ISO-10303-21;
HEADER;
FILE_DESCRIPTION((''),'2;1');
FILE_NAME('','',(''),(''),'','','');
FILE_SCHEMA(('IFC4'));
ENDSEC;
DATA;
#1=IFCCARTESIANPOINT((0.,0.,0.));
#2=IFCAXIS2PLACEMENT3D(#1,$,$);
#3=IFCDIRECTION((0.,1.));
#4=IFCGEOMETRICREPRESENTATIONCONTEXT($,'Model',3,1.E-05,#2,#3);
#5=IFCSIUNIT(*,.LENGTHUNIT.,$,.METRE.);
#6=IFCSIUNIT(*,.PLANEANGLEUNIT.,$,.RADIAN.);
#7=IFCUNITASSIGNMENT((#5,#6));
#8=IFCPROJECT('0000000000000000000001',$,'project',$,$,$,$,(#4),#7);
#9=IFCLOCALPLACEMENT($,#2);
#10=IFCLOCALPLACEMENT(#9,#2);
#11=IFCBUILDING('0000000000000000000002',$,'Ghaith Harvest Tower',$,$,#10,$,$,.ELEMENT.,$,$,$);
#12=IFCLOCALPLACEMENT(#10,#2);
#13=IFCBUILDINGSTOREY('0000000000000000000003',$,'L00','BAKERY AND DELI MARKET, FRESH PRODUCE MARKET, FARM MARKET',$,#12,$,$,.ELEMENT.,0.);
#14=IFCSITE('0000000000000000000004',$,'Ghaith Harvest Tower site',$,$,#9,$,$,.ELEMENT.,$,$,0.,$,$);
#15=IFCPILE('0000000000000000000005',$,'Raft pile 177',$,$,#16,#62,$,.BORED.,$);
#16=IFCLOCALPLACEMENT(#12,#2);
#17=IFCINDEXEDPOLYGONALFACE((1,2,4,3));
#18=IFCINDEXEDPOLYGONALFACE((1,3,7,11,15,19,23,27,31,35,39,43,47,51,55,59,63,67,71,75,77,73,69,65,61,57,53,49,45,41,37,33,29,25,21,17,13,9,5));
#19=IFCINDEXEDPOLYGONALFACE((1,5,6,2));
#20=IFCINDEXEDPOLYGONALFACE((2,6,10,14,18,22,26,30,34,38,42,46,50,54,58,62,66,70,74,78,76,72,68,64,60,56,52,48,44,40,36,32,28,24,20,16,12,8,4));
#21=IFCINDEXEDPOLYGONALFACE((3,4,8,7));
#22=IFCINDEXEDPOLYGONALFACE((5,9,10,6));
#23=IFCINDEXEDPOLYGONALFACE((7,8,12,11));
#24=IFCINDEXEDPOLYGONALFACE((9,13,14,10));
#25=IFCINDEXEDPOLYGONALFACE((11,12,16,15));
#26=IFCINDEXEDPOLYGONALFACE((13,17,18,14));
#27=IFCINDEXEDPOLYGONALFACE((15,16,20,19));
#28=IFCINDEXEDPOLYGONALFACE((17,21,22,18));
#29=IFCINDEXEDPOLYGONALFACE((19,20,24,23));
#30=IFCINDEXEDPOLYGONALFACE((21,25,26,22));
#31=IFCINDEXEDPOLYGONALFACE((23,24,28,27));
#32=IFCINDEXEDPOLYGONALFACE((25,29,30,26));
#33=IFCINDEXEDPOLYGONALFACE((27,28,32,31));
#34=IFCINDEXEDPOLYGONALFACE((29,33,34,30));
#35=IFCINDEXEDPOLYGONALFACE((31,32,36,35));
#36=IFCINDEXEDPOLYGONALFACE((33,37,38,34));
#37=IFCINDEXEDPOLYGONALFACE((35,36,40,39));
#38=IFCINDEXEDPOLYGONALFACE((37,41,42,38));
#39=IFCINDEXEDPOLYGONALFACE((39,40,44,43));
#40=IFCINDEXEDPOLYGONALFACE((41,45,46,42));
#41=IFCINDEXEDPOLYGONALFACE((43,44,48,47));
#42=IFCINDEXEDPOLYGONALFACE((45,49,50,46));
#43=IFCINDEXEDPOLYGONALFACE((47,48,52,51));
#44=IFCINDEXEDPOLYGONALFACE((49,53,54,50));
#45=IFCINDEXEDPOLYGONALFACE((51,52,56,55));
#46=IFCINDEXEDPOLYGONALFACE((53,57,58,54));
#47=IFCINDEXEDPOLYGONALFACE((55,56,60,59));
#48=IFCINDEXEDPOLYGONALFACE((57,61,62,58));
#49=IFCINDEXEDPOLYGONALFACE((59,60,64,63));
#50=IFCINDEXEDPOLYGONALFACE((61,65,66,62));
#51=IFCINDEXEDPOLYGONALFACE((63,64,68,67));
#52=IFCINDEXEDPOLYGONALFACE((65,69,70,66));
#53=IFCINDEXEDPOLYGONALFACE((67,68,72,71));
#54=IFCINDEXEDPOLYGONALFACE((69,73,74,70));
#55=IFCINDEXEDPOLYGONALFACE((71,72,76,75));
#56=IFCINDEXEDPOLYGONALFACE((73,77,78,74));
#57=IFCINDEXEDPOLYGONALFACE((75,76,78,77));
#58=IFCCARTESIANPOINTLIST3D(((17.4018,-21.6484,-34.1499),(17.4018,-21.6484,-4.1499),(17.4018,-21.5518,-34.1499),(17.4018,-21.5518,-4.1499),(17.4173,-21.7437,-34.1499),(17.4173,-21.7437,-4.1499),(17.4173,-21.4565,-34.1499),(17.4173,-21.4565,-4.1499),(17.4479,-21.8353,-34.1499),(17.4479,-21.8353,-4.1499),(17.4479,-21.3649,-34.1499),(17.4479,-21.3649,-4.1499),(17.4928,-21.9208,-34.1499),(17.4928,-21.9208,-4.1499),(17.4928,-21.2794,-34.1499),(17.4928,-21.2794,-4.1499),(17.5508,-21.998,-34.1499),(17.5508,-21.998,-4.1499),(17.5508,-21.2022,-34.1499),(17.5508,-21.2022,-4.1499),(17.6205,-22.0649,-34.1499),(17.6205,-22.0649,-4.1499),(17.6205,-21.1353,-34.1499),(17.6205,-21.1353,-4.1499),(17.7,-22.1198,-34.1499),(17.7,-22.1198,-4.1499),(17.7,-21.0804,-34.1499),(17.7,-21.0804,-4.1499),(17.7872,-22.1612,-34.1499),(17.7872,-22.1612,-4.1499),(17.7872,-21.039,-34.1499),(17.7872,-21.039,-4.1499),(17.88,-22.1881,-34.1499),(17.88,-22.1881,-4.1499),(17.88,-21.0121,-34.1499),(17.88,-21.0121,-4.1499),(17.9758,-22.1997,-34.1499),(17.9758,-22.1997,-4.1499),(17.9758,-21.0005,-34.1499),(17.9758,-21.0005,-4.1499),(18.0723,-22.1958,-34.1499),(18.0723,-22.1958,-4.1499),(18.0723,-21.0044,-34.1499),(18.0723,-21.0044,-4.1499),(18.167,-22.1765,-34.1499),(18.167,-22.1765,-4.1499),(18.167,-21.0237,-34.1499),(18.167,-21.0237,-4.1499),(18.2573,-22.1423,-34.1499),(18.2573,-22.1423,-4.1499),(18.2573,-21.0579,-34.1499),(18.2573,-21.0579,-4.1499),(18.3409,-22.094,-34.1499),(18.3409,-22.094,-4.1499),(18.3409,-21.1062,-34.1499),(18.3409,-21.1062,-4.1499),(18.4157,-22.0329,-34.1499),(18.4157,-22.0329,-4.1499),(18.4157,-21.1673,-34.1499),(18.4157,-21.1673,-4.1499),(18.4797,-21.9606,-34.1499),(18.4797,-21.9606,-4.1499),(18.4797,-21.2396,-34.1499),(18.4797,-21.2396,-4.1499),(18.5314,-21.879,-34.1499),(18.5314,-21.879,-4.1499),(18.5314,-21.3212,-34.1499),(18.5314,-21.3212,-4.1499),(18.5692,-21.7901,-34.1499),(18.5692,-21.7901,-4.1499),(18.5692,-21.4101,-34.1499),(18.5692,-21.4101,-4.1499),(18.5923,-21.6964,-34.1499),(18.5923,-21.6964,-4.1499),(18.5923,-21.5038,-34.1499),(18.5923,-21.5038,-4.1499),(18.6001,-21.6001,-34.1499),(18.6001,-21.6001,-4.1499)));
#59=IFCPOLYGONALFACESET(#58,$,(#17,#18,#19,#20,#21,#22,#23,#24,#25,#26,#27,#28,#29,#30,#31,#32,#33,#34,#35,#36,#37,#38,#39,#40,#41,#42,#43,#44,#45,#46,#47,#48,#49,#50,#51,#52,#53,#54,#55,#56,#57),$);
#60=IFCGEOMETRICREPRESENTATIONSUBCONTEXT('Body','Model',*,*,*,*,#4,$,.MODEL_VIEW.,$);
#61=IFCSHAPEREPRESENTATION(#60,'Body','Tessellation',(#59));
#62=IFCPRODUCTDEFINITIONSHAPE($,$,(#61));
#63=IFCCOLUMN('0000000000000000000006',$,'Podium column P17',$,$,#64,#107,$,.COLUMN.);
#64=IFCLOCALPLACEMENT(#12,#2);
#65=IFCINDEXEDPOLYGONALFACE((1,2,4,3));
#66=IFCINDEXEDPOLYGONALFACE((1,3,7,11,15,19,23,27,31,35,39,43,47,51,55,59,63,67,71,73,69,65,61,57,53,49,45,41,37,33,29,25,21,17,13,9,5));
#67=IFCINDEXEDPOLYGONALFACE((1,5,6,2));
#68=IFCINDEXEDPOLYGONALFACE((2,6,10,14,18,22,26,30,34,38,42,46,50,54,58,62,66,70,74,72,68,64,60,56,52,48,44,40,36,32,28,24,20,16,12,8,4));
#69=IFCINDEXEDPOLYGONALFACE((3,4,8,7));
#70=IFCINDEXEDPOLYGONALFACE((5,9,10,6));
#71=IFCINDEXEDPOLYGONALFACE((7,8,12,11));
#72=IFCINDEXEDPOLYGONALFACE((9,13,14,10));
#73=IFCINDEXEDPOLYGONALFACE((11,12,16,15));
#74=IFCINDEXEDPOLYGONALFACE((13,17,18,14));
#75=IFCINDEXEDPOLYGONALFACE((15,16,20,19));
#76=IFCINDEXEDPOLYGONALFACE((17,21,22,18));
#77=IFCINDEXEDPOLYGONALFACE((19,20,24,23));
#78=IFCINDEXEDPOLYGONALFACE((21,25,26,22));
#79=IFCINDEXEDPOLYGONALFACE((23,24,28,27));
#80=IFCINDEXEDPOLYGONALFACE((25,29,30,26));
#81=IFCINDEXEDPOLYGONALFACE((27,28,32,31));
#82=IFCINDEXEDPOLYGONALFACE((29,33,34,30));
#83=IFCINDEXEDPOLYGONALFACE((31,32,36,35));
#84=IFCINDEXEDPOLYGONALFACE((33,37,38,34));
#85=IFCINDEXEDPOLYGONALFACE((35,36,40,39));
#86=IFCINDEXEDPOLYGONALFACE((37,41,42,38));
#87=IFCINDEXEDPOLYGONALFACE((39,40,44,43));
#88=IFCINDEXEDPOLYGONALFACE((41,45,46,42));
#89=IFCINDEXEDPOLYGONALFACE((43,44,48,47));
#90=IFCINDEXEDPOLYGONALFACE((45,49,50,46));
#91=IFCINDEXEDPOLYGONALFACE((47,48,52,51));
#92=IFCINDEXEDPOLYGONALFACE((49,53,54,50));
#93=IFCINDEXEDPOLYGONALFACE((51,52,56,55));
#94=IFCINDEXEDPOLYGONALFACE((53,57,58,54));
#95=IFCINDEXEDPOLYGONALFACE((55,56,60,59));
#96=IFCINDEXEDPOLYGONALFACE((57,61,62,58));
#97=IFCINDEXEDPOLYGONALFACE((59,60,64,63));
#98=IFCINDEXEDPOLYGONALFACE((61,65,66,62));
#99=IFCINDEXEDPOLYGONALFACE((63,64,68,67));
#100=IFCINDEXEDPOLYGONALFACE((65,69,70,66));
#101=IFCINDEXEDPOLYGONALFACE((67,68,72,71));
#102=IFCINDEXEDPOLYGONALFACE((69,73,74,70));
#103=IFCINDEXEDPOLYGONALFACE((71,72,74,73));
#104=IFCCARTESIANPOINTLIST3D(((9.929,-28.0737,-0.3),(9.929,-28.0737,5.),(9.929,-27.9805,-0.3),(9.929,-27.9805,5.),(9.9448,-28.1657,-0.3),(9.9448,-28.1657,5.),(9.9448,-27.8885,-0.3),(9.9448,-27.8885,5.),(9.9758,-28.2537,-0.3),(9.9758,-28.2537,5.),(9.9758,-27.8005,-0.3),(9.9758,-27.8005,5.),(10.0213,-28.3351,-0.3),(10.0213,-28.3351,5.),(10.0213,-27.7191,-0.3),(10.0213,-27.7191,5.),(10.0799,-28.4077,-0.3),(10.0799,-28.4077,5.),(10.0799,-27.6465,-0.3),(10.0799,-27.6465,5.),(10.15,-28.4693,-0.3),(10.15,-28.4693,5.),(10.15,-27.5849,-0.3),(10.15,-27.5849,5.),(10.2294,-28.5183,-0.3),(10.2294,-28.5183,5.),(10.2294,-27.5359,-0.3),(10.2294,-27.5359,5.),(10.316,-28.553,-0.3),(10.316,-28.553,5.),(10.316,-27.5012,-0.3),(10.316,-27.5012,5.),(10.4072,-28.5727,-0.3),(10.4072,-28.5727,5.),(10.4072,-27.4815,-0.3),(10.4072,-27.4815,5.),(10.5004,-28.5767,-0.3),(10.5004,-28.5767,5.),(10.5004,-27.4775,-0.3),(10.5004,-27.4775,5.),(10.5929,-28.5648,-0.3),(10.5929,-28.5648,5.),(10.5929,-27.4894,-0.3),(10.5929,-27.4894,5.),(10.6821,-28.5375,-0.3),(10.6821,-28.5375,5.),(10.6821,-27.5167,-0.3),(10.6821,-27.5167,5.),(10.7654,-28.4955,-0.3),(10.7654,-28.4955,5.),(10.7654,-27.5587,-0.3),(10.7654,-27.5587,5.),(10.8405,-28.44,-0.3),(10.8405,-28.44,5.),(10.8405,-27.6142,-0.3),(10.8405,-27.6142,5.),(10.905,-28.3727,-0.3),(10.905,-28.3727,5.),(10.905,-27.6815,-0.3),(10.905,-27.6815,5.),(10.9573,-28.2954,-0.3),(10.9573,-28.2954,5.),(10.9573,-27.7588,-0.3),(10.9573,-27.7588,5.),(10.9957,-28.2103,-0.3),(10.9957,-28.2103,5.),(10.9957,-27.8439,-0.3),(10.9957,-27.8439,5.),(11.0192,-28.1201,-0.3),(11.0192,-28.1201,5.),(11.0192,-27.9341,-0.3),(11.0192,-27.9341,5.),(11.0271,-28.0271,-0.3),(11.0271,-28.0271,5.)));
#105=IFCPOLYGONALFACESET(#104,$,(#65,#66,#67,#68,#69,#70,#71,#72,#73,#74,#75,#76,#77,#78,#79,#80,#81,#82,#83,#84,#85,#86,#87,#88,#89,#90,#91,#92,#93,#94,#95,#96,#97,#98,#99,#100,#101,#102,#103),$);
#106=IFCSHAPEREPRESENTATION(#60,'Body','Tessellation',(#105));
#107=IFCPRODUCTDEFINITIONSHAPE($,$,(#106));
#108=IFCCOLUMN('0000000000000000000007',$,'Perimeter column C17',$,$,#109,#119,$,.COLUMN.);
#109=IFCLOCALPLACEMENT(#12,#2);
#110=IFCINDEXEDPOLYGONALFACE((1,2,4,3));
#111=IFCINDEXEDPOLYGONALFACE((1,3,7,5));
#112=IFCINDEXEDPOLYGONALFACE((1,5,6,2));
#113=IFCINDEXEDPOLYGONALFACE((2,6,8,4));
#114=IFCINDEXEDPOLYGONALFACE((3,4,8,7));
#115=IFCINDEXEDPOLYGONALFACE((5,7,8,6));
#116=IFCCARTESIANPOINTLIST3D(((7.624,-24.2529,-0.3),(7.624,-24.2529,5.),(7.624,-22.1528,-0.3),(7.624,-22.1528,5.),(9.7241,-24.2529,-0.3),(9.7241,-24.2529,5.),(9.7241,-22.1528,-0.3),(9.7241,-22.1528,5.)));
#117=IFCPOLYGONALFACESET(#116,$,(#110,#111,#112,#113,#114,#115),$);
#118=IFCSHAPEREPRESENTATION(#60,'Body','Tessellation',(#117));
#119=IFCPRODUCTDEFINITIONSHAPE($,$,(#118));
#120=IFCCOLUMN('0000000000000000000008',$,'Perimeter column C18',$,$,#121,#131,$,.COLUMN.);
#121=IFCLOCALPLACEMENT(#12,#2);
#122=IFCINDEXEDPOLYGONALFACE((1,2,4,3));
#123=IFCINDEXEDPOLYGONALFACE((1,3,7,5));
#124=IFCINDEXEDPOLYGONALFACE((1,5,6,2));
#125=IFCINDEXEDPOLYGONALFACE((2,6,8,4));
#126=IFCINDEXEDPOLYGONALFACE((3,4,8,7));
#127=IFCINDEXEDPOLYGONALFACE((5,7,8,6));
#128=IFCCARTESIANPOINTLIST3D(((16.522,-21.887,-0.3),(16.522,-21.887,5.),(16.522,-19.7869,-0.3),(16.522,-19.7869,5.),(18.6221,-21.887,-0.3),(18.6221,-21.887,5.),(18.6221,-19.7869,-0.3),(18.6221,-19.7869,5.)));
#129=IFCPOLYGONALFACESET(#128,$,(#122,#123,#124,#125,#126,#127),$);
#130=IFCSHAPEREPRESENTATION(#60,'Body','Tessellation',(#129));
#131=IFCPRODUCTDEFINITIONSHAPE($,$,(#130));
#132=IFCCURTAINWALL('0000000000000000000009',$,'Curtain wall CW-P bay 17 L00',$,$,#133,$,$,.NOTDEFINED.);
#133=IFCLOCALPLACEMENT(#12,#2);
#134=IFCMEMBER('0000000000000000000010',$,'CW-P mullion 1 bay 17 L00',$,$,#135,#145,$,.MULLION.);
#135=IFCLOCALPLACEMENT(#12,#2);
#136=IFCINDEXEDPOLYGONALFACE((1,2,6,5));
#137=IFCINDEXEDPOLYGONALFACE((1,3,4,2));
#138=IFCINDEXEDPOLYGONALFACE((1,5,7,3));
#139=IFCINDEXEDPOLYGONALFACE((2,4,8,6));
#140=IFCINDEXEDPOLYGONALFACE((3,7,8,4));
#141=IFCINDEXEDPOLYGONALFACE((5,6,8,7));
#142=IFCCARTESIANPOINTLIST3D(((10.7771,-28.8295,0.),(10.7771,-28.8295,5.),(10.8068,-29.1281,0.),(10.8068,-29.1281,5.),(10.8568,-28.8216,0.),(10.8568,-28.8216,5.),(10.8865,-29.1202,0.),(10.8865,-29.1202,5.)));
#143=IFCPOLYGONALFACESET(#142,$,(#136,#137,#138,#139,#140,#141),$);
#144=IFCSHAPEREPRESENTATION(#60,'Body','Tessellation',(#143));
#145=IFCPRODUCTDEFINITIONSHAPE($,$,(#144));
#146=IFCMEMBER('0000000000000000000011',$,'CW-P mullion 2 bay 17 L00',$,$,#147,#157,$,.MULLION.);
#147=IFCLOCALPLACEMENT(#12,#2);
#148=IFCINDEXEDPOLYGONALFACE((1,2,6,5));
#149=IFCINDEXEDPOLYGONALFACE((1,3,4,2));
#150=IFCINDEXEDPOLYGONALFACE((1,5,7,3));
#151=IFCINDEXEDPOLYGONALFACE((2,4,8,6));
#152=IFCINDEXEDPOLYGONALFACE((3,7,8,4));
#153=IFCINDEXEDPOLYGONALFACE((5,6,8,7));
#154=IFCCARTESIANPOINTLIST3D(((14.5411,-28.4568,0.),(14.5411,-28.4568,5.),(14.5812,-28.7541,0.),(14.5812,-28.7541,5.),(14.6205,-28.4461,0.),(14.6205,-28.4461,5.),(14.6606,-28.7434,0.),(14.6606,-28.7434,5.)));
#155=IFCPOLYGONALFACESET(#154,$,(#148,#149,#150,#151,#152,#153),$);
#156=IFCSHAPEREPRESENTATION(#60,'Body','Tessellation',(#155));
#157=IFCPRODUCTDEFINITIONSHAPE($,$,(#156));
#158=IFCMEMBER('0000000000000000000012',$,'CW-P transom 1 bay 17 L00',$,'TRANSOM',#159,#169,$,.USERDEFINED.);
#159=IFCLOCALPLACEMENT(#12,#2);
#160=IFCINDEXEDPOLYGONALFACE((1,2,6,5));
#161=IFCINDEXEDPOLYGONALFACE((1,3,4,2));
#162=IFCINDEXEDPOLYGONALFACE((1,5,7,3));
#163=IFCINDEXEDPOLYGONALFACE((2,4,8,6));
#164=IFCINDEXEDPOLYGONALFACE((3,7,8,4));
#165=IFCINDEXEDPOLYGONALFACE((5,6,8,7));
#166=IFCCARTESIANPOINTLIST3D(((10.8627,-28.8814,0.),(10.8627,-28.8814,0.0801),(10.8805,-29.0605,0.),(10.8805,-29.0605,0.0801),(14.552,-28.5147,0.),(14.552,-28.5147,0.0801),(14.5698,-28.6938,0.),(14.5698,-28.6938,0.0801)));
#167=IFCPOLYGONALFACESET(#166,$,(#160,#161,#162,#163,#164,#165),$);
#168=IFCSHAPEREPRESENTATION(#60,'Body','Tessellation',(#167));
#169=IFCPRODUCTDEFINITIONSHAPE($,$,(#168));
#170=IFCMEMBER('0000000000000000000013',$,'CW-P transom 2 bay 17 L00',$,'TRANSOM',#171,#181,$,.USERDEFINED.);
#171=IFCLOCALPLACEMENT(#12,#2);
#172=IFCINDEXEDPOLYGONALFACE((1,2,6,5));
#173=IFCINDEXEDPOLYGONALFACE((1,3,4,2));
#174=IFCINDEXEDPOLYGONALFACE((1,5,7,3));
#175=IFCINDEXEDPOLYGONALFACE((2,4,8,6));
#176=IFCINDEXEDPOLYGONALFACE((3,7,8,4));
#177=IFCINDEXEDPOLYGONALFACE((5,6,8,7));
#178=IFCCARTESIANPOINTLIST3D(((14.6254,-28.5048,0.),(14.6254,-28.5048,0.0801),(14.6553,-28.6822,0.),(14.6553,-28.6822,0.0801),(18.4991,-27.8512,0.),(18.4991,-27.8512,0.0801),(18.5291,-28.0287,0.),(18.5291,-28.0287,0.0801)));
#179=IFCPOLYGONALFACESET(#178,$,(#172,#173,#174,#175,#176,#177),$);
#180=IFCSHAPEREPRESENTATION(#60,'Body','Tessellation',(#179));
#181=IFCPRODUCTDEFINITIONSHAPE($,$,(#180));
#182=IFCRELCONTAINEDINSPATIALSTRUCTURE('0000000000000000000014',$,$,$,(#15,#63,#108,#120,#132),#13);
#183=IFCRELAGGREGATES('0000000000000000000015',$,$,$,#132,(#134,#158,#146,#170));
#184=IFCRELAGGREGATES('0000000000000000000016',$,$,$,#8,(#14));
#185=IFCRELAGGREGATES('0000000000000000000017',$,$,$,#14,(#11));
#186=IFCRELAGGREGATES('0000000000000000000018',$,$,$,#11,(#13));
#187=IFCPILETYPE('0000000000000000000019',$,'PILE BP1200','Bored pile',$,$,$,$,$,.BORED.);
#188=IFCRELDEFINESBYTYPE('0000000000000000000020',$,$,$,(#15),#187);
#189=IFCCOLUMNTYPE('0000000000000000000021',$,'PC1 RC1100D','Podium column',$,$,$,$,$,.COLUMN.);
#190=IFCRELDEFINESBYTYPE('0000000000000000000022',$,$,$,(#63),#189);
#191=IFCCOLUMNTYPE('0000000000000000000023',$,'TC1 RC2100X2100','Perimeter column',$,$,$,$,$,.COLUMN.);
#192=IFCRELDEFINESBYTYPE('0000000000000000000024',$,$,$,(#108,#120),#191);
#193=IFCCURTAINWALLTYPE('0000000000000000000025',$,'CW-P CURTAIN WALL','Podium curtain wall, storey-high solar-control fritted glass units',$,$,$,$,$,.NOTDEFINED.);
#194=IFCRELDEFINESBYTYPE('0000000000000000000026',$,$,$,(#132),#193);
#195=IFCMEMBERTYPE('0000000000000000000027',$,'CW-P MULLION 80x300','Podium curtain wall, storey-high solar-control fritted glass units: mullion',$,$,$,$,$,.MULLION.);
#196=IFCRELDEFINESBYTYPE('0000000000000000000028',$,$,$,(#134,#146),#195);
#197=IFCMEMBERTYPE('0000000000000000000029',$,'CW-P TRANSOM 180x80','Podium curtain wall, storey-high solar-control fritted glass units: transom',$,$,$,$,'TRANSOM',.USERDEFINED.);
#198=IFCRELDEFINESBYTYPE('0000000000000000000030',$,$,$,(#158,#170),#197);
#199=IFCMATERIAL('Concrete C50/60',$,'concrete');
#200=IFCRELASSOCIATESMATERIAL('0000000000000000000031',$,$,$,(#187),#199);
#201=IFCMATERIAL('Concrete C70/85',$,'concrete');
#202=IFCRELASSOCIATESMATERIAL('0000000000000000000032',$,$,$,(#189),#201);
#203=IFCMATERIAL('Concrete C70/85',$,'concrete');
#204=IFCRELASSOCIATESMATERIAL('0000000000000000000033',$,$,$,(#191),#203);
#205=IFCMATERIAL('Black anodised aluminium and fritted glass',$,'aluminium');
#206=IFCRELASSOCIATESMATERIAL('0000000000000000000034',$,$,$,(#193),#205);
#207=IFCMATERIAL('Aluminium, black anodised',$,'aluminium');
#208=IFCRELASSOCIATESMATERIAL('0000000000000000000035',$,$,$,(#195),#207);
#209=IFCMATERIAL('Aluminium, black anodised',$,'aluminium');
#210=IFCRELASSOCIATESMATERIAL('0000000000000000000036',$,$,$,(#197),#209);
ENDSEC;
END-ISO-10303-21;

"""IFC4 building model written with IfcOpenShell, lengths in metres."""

from ifc_helpers import new_model, si_unit, direction, frame, origin, origin_2d, place, context, subcontext, project, spatial, rectangle, circle, extrude, material, material_profile, profile_set, type_object, element, aggregate, save


model = new_model("IFC4")

# Units and contexts
model_context = context("Model", 3, precision=1e-05, world=origin(), true_north=direction((0.0, 1.0)))
body_context = subcontext(model_context, "Body", "Model", "MODEL_VIEW")
ifc_project = project(units=[si_unit("LENGTHUNIT", "METRE"), si_unit("PLANEANGLEUNIT", "RADIAN")], contexts=[model_context])

# Site, building, storey
site_placement = place(None, origin())
site = spatial("IfcSite", under=ifc_project, at=site_placement, Name="Ghaith Harvest Tower site", CompositionType="ELEMENT", RefElevation=0.0)
building_placement = place(site_placement, origin())
building = spatial("IfcBuilding", under=site, at=building_placement, Name="Ghaith Harvest Tower", CompositionType="ELEMENT")
storey_placement = place(building_placement, origin())
storey = spatial("IfcBuildingStorey", under=building, at=storey_placement, Name="L00", Description="BAKERY AND DELI MARKET, FRESH PRODUCE MARKET, FARM MARKET", CompositionType="ELEMENT", Elevation=0.0)

# Pile
ifc_material_1 = material(Name="Concrete C50/60", Category="concrete")
ifc_material_profile_1 = material_profile(ifc_material_1, circle(Radius=0.6001, at=origin_2d()), Name="PILE1200")
ifc_profile_set_1 = profile_set([ifc_material_profile_1], Name="Concrete C50/60")
pile_type = type_object("IfcPileType", Name="PILE BP1200", Description="Bored pile", PredefinedType="BORED", material=ifc_profile_set_1)
for number, where, z_axis, x_axis, name in (
    (1, (18.0, -21.6001, -4.1499), (0.0, 0.0, -1.0), (1.0, 0.0, 0.0), "Raft pile 177"),
):
    element("IfcPile", number, at=place(storey_placement, frame(where, z_axis=z_axis, x_axis=x_axis)), inside=storey, type_object=pile_type, Name=name, PredefinedType="BORED", context=body_context, shape_type="SweptSolid", body=[
        extrude(circle(Radius=0.6001, at=origin_2d()), origin(), (0.0, 0.0, 1.0), 30.0),
    ])

# Columns
ifc_material_2 = material(Name="Concrete C70/85", Category="concrete")
ifc_material_profile_2 = material_profile(ifc_material_2, circle(Radius=0.55, at=origin_2d()), Name="RC1100D")
ifc_profile_set_2 = profile_set([ifc_material_profile_2], Name="Concrete C70/85")
column_type_1 = type_object("IfcColumnType", Name="PC1 RC1100D", Description="Podium column", PredefinedType="COLUMN", material=ifc_profile_set_2)
column_placement = place(storey_placement, frame((10.4771, -28.0271, -0.3), z_axis=(0.0, 0.0, 1.0), x_axis=(1.0, 0.0, 0.0)))
element("IfcColumn", 2, at=column_placement, inside=storey, type_object=column_type_1, Name="Podium column P17", PredefinedType="COLUMN", context=body_context, shape_type="SweptSolid", body=[
    extrude(circle(Radius=0.55, at=origin_2d()), origin(), (0.0, 0.0, 1.0), 5.3),
])
ifc_material_3 = material(Name="Concrete C70/85", Category="concrete")
ifc_material_profile_3 = material_profile(ifc_material_3, rectangle(XDim=2.1001, YDim=2.1001, at=origin_2d()), Name="RC2100X2100")
ifc_profile_set_3 = profile_set([ifc_material_profile_3], Name="Concrete C70/85")
column_type_2 = type_object("IfcColumnType", Name="TC1 RC2100X2100", Description="Perimeter column", PredefinedType="COLUMN", material=ifc_profile_set_3)
for number, where, z_axis, x_axis, name in (
    (3, (8.6741, -23.2029, -0.3), (0.0, 0.0, 1.0), (1.0, 0.0, 0.0), "Perimeter column C17"),
    (4, (17.572, -20.8369, -0.3), (0.0, 0.0, 1.0), (1.0, 0.0, 0.0), "Perimeter column C18"),
):
    element("IfcColumn", number, at=place(storey_placement, frame(where, z_axis=z_axis, x_axis=x_axis)), inside=storey, type_object=column_type_2, Name=name, PredefinedType="COLUMN", context=body_context, shape_type="SweptSolid", body=[
        extrude(rectangle(XDim=2.1001, YDim=2.1001, at=origin_2d()), origin(), (0.0, 0.0, 1.0), 5.3),
    ])

# Curtain wall, members
ifc_material_4 = material(Name="Black anodised aluminium and fritted glass", Category="aluminium")
curtain_wall_type = type_object("IfcCurtainWallType", Name="CW-P CURTAIN WALL", Description="Podium curtain wall, storey-high solar-control fritted glass units", PredefinedType="NOTDEFINED", material=ifc_material_4)
curtain_wall_placement = place(storey_placement, origin())
curtain_wall = element("IfcCurtainWall", 5, at=curtain_wall_placement, inside=storey, type_object=curtain_wall_type, Name="Curtain wall CW-P bay 17 L00", PredefinedType="NOTDEFINED")
ifc_material_5 = material(Name="Aluminium, black anodised", Category="aluminium")
ifc_material_profile_4 = material_profile(ifc_material_5, rectangle(XDim=0.0801, YDim=0.3, at=origin_2d()), Name="CW-P MULLION 80x300")
ifc_profile_set_4 = profile_set([ifc_material_profile_4], Name="Aluminium, black anodised")
member_type_1 = type_object("IfcMemberType", Name="CW-P MULLION 80x300", Description="Podium curtain wall, storey-high solar-control fritted glass units: mullion", PredefinedType="MULLION", material=ifc_profile_set_4)
member_1_placement = place(storey_placement, frame((10.8318, -28.9749, 0.0), z_axis=(0.0, 0.0, 1.0), x_axis=(0.995093, 0.098949, 0.0)))
member_1 = element("IfcMember", 6, at=member_1_placement, type_object=member_type_1, Name="CW-P mullion 1 bay 17 L00", PredefinedType="MULLION", context=body_context, shape_type="SweptSolid", body=[
    extrude(rectangle(XDim=0.0801, YDim=0.3, at=origin_2d()), origin(), (0.0, 0.0, 1.0), 5.0),
])
member_2_placement = place(storey_placement, frame((14.6008, -28.6001, 0.0), z_axis=(0.0, 0.0, 1.0), x_axis=(0.991022, 0.133697, 0.0)))
member_2 = element("IfcMember", 7, at=member_2_placement, type_object=member_type_1, Name="CW-P mullion 2 bay 17 L00", PredefinedType="MULLION", context=body_context, shape_type="SweptSolid", body=[
    extrude(rectangle(XDim=0.0801, YDim=0.3, at=origin_2d()), origin(), (0.0, 0.0, 1.0), 5.0),
])
ifc_material_6 = material(Name="Aluminium, black anodised", Category="aluminium")
ifc_material_profile_5 = material_profile(ifc_material_6, rectangle(XDim=0.1799, YDim=0.0801, at=origin_2d()), Name="CW-P TRANSOM 180x80")
ifc_profile_set_5 = profile_set([ifc_material_profile_5], Name="Aluminium, black anodised")
member_type_2 = type_object("IfcMemberType", Name="CW-P TRANSOM 180x80", Description="Podium curtain wall, storey-high solar-control fritted glass units: transom", ElementType="TRANSOM", PredefinedType="USERDEFINED", material=ifc_profile_set_5)
member_3_placement = place(storey_placement, frame((10.8716, -28.9709, 0.04), z_axis=(0.995097, 0.098904, 0.0), x_axis=(-0.098904, 0.995097, 0.0)))
member_3 = element("IfcMember", 8, at=member_3_placement, type_object=member_type_2, Name="CW-P transom 1 bay 17 L00", ObjectType="TRANSOM", PredefinedType="USERDEFINED", context=body_context, shape_type="SweptSolid", body=[
    extrude(rectangle(XDim=0.1799, YDim=0.0801, at=origin_2d()), origin(), (0.0, 0.0, 1.0), 3.7075),
])
member_4_placement = place(storey_placement, frame((14.6404, -28.5935, 0.04), z_axis=(0.986064, 0.166364, 0.0), x_axis=(-0.166364, 0.986064, 0.0)))
member_4 = element("IfcMember", 9, at=member_4_placement, type_object=member_type_2, Name="CW-P transom 2 bay 17 L00", ObjectType="TRANSOM", PredefinedType="USERDEFINED", context=body_context, shape_type="SweptSolid", body=[
    extrude(rectangle(XDim=0.1799, YDim=0.0801, at=origin_2d()), origin(), (0.0, 0.0, 1.0), 3.9285),
])
aggregate(curtain_wall, [member_1, member_3, member_2, member_4])

save(model, "model.ifc")
